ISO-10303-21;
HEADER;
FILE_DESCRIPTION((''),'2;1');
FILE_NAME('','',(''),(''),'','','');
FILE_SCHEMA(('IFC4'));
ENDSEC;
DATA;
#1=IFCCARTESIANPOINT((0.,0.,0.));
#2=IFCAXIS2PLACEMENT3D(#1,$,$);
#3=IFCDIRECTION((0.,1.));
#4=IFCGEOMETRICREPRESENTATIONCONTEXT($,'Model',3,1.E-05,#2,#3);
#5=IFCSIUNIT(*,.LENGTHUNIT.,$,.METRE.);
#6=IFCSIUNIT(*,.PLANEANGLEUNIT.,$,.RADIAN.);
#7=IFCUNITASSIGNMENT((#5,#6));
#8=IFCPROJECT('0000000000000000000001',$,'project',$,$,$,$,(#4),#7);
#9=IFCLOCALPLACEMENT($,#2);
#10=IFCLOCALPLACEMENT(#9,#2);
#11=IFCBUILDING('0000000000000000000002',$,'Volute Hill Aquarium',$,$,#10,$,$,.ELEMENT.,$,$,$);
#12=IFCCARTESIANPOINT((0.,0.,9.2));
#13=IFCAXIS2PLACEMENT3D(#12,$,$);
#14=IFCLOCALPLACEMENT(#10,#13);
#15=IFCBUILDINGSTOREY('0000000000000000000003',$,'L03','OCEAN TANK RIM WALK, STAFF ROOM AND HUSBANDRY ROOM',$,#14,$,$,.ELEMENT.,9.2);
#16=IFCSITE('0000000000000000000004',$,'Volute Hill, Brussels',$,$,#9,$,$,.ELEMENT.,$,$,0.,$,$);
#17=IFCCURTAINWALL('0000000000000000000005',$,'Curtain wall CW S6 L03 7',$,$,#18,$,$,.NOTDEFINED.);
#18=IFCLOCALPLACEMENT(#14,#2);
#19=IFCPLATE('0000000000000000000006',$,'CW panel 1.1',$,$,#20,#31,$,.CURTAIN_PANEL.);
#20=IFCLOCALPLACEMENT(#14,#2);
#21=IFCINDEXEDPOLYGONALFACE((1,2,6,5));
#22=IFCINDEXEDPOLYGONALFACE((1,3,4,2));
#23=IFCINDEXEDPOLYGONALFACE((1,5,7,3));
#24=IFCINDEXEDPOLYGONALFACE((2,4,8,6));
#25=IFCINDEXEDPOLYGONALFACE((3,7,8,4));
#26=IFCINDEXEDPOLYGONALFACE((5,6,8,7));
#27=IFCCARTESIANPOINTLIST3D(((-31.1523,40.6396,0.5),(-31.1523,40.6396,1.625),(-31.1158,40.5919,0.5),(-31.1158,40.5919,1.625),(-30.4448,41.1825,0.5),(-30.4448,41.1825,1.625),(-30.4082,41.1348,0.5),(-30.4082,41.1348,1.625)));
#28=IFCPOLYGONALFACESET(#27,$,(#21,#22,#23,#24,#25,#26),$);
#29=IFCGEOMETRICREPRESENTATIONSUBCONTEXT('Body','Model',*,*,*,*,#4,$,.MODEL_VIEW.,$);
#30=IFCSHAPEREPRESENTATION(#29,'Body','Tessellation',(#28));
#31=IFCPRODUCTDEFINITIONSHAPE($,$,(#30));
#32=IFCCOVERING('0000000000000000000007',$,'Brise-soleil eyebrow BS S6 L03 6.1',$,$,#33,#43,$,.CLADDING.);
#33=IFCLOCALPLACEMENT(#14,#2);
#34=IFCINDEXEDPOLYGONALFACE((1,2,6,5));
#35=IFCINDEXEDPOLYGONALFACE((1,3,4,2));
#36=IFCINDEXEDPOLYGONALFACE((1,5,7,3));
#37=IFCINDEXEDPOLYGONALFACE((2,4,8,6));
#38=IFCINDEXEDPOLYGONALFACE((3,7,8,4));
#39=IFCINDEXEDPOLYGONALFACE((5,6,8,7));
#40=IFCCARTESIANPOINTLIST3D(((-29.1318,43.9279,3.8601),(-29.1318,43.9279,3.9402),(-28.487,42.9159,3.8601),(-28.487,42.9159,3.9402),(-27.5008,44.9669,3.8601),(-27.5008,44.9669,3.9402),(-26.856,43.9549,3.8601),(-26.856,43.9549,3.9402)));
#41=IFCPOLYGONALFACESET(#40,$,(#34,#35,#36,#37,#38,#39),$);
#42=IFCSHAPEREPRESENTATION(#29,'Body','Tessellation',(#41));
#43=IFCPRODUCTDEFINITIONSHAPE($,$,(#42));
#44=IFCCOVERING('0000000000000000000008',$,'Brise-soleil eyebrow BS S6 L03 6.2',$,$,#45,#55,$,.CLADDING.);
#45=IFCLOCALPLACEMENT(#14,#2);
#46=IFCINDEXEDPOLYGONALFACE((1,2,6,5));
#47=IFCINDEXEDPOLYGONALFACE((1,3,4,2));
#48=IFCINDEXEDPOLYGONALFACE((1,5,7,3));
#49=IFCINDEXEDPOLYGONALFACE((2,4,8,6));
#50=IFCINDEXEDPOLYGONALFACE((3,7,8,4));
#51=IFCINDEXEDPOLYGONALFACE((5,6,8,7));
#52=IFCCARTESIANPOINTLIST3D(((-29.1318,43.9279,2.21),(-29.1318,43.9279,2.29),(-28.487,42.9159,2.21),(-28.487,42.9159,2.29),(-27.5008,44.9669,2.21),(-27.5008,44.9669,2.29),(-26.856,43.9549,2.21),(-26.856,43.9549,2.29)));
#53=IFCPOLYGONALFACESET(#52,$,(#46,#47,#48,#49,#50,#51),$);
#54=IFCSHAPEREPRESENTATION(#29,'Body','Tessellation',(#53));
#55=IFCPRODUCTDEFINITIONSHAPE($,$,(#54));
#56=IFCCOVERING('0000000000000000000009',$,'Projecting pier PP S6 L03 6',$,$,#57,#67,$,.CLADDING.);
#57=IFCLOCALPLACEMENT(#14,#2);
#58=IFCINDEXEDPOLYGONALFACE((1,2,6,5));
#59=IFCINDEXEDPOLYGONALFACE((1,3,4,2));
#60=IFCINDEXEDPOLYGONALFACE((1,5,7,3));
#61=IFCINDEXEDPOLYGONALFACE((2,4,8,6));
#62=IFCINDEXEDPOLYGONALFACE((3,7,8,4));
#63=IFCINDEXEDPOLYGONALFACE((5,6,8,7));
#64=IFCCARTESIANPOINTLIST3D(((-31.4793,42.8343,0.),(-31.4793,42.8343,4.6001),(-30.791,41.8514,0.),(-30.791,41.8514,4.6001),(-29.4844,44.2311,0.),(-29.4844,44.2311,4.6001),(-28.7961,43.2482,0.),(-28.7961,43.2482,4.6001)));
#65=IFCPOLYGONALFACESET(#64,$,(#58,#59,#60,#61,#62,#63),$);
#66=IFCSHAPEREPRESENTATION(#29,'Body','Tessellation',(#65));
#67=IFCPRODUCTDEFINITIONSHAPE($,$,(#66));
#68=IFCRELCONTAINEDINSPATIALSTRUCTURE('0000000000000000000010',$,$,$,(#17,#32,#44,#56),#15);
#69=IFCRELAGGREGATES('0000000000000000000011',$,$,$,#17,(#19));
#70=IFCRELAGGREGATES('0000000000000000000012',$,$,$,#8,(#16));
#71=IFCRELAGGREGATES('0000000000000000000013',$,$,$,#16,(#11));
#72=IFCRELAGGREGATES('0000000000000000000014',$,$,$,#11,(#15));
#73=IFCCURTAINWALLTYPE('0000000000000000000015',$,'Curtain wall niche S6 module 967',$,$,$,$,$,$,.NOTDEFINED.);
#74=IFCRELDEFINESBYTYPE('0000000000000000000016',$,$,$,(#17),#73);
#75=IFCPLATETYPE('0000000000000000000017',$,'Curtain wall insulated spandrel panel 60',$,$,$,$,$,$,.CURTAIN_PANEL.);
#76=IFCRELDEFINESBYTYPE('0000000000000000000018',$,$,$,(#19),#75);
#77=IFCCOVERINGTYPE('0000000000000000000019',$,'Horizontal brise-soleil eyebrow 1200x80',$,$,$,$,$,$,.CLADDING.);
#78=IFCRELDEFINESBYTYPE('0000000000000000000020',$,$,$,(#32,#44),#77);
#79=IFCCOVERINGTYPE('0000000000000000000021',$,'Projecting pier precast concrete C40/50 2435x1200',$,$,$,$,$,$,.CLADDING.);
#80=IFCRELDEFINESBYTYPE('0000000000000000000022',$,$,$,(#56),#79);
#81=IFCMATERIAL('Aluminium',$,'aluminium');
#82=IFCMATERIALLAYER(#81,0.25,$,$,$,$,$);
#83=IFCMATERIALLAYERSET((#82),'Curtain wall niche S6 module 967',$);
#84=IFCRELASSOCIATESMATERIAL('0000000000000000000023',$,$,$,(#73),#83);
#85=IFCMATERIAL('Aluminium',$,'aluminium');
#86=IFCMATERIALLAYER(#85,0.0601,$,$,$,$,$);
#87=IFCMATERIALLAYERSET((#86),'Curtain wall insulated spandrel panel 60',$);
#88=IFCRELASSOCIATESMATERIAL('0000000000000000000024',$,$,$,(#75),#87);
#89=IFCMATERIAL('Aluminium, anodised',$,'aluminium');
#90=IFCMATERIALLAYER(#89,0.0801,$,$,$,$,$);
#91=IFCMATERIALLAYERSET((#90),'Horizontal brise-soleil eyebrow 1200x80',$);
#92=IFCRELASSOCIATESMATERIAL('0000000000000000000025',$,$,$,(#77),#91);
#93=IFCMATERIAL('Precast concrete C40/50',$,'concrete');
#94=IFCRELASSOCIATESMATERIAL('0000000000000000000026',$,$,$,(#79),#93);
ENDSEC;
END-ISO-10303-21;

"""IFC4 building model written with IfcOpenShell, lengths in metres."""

from ifc_helpers import new_model, si_unit, direction, frame, origin, origin_2d, place, context, subcontext, project, spatial, rectangle, extrude, material, layer, layer_set, type_object, element, aggregate, save


model = new_model("IFC4")

# Units and contexts
model_context = context("Model", 3, precision=1e-05, world=origin(), true_north=direction((0.0, 1.0)))
body_context = subcontext(model_context, "Body", "Model", "MODEL_VIEW")
ifc_project = project(units=[si_unit("LENGTHUNIT", "METRE"), si_unit("PLANEANGLEUNIT", "RADIAN")], contexts=[model_context])

# Site, building, storey
site_placement = place(None, origin())
site = spatial("IfcSite", under=ifc_project, at=site_placement, Name="Volute Hill, Brussels", CompositionType="ELEMENT", RefElevation=0.0)
building_placement = place(site_placement, origin())
building = spatial("IfcBuilding", under=site, at=building_placement, Name="Volute Hill Aquarium", CompositionType="ELEMENT")
storey_placement = place(building_placement, frame((0.0, 0.0, 9.2)))
storey = spatial("IfcBuildingStorey", under=building, at=storey_placement, Name="L03", Description="OCEAN TANK RIM WALK, STAFF ROOM AND HUSBANDRY ROOM", CompositionType="ELEMENT", Elevation=9.2)

# Curtain wall
ifc_material_1 = material(Name="Aluminium", Category="aluminium")
ifc_layer_1 = layer(ifc_material_1, 0.25)
ifc_layer_set_1 = layer_set([ifc_layer_1], Name="Curtain wall niche S6 module 967")
curtain_wall_type = type_object("IfcCurtainWallType", Name="Curtain wall niche S6 module 967", PredefinedType="NOTDEFINED", material=ifc_layer_set_1)
curtain_wall_1_placement = place(storey_placement, origin())
curtain_wall_1 = element("IfcCurtainWall", 1, at=curtain_wall_1_placement, inside=storey, type_object=curtain_wall_type, Name="Curtain wall CW S6 L03 7", PredefinedType="NOTDEFINED")

# Plate
ifc_material_2 = material(Name="Aluminium", Category="aluminium")
ifc_layer_2 = layer(ifc_material_2, 0.0601)
ifc_layer_set_2 = layer_set([ifc_layer_2], Name="Curtain wall insulated spandrel panel 60")
plate_type_1 = type_object("IfcPlateType", Name="Curtain wall insulated spandrel panel 60", PredefinedType="CURTAIN_PANEL", material=ifc_layer_set_2)
plate_1_placement = place(storey_placement, frame((-30.7803, 40.8872, 0.5), z_axis=(0.0, 0.0, 1.0), x_axis=(-0.793348, -0.608769, 0.0)))
plate_1 = element("IfcPlate", 2, at=plate_1_placement, type_object=plate_type_1, Name="CW panel 1.1", PredefinedType="CURTAIN_PANEL", context=body_context, shape_type="SweptSolid", body=[
    extrude(rectangle(XDim=0.8918, YDim=0.0601, at=origin_2d()), origin(), (0.0, 0.0, 1.0), 1.125),
])
aggregate(curtain_wall_1, [plate_1])

# Coverings
ifc_material_3 = material(Name="Aluminium, anodised", Category="aluminium")
ifc_layer_3 = layer(ifc_material_3, 0.0801)
ifc_layer_set_3 = layer_set([ifc_layer_3], Name="Horizontal brise-soleil eyebrow 1200x80")
covering_type_1 = type_object("IfcCoveringType", Name="Horizontal brise-soleil eyebrow 1200x80", PredefinedType="CLADDING", material=ifc_layer_set_3)
for number, where, z_axis, x_axis, name in (
    (3, (-27.9939, 43.9414, 3.8601), (0.0, 0.0, 1.0), (-0.843396, -0.537293, 0.0), "Brise-soleil eyebrow BS S6 L03 6.1"),
    (4, (-27.9939, 43.9414, 2.21), (0.0, 0.0, 1.0), (-0.843396, -0.537293, 0.0), "Brise-soleil eyebrow BS S6 L03 6.2"),
):
    element("IfcCovering", number, at=place(storey_placement, frame(where, z_axis=z_axis, x_axis=x_axis)), inside=storey, type_object=covering_type_1, Name=name, PredefinedType="CLADDING", context=body_context, shape_type="SweptSolid", body=[
        extrude(rectangle(XDim=1.9338, YDim=1.2, at=origin_2d()), origin(), (0.0, 0.0, 1.0), 0.0801),
    ])
ifc_material_4 = material(Name="Precast concrete C40/50", Category="concrete")
covering_type_2 = type_object("IfcCoveringType", Name="Projecting pier precast concrete C40/50 2435x1200", PredefinedType="CLADDING", material=ifc_material_4)
covering_placement = place(storey_placement, frame((-30.1377, 43.0413, 0.0), z_axis=(0.0, 0.0, 1.0), x_axis=(-0.819152, -0.573576, 0.0)))
element("IfcCovering", 5, at=covering_placement, inside=storey, type_object=covering_type_2, Name="Projecting pier PP S6 L03 6", PredefinedType="CLADDING", context=body_context, shape_type="SweptSolid", body=[
    extrude(rectangle(XDim=2.4353, YDim=1.2, at=origin_2d()), origin(), (0.0, 0.0, 1.0), 4.6001),
])

save(model, "model.ifc")
